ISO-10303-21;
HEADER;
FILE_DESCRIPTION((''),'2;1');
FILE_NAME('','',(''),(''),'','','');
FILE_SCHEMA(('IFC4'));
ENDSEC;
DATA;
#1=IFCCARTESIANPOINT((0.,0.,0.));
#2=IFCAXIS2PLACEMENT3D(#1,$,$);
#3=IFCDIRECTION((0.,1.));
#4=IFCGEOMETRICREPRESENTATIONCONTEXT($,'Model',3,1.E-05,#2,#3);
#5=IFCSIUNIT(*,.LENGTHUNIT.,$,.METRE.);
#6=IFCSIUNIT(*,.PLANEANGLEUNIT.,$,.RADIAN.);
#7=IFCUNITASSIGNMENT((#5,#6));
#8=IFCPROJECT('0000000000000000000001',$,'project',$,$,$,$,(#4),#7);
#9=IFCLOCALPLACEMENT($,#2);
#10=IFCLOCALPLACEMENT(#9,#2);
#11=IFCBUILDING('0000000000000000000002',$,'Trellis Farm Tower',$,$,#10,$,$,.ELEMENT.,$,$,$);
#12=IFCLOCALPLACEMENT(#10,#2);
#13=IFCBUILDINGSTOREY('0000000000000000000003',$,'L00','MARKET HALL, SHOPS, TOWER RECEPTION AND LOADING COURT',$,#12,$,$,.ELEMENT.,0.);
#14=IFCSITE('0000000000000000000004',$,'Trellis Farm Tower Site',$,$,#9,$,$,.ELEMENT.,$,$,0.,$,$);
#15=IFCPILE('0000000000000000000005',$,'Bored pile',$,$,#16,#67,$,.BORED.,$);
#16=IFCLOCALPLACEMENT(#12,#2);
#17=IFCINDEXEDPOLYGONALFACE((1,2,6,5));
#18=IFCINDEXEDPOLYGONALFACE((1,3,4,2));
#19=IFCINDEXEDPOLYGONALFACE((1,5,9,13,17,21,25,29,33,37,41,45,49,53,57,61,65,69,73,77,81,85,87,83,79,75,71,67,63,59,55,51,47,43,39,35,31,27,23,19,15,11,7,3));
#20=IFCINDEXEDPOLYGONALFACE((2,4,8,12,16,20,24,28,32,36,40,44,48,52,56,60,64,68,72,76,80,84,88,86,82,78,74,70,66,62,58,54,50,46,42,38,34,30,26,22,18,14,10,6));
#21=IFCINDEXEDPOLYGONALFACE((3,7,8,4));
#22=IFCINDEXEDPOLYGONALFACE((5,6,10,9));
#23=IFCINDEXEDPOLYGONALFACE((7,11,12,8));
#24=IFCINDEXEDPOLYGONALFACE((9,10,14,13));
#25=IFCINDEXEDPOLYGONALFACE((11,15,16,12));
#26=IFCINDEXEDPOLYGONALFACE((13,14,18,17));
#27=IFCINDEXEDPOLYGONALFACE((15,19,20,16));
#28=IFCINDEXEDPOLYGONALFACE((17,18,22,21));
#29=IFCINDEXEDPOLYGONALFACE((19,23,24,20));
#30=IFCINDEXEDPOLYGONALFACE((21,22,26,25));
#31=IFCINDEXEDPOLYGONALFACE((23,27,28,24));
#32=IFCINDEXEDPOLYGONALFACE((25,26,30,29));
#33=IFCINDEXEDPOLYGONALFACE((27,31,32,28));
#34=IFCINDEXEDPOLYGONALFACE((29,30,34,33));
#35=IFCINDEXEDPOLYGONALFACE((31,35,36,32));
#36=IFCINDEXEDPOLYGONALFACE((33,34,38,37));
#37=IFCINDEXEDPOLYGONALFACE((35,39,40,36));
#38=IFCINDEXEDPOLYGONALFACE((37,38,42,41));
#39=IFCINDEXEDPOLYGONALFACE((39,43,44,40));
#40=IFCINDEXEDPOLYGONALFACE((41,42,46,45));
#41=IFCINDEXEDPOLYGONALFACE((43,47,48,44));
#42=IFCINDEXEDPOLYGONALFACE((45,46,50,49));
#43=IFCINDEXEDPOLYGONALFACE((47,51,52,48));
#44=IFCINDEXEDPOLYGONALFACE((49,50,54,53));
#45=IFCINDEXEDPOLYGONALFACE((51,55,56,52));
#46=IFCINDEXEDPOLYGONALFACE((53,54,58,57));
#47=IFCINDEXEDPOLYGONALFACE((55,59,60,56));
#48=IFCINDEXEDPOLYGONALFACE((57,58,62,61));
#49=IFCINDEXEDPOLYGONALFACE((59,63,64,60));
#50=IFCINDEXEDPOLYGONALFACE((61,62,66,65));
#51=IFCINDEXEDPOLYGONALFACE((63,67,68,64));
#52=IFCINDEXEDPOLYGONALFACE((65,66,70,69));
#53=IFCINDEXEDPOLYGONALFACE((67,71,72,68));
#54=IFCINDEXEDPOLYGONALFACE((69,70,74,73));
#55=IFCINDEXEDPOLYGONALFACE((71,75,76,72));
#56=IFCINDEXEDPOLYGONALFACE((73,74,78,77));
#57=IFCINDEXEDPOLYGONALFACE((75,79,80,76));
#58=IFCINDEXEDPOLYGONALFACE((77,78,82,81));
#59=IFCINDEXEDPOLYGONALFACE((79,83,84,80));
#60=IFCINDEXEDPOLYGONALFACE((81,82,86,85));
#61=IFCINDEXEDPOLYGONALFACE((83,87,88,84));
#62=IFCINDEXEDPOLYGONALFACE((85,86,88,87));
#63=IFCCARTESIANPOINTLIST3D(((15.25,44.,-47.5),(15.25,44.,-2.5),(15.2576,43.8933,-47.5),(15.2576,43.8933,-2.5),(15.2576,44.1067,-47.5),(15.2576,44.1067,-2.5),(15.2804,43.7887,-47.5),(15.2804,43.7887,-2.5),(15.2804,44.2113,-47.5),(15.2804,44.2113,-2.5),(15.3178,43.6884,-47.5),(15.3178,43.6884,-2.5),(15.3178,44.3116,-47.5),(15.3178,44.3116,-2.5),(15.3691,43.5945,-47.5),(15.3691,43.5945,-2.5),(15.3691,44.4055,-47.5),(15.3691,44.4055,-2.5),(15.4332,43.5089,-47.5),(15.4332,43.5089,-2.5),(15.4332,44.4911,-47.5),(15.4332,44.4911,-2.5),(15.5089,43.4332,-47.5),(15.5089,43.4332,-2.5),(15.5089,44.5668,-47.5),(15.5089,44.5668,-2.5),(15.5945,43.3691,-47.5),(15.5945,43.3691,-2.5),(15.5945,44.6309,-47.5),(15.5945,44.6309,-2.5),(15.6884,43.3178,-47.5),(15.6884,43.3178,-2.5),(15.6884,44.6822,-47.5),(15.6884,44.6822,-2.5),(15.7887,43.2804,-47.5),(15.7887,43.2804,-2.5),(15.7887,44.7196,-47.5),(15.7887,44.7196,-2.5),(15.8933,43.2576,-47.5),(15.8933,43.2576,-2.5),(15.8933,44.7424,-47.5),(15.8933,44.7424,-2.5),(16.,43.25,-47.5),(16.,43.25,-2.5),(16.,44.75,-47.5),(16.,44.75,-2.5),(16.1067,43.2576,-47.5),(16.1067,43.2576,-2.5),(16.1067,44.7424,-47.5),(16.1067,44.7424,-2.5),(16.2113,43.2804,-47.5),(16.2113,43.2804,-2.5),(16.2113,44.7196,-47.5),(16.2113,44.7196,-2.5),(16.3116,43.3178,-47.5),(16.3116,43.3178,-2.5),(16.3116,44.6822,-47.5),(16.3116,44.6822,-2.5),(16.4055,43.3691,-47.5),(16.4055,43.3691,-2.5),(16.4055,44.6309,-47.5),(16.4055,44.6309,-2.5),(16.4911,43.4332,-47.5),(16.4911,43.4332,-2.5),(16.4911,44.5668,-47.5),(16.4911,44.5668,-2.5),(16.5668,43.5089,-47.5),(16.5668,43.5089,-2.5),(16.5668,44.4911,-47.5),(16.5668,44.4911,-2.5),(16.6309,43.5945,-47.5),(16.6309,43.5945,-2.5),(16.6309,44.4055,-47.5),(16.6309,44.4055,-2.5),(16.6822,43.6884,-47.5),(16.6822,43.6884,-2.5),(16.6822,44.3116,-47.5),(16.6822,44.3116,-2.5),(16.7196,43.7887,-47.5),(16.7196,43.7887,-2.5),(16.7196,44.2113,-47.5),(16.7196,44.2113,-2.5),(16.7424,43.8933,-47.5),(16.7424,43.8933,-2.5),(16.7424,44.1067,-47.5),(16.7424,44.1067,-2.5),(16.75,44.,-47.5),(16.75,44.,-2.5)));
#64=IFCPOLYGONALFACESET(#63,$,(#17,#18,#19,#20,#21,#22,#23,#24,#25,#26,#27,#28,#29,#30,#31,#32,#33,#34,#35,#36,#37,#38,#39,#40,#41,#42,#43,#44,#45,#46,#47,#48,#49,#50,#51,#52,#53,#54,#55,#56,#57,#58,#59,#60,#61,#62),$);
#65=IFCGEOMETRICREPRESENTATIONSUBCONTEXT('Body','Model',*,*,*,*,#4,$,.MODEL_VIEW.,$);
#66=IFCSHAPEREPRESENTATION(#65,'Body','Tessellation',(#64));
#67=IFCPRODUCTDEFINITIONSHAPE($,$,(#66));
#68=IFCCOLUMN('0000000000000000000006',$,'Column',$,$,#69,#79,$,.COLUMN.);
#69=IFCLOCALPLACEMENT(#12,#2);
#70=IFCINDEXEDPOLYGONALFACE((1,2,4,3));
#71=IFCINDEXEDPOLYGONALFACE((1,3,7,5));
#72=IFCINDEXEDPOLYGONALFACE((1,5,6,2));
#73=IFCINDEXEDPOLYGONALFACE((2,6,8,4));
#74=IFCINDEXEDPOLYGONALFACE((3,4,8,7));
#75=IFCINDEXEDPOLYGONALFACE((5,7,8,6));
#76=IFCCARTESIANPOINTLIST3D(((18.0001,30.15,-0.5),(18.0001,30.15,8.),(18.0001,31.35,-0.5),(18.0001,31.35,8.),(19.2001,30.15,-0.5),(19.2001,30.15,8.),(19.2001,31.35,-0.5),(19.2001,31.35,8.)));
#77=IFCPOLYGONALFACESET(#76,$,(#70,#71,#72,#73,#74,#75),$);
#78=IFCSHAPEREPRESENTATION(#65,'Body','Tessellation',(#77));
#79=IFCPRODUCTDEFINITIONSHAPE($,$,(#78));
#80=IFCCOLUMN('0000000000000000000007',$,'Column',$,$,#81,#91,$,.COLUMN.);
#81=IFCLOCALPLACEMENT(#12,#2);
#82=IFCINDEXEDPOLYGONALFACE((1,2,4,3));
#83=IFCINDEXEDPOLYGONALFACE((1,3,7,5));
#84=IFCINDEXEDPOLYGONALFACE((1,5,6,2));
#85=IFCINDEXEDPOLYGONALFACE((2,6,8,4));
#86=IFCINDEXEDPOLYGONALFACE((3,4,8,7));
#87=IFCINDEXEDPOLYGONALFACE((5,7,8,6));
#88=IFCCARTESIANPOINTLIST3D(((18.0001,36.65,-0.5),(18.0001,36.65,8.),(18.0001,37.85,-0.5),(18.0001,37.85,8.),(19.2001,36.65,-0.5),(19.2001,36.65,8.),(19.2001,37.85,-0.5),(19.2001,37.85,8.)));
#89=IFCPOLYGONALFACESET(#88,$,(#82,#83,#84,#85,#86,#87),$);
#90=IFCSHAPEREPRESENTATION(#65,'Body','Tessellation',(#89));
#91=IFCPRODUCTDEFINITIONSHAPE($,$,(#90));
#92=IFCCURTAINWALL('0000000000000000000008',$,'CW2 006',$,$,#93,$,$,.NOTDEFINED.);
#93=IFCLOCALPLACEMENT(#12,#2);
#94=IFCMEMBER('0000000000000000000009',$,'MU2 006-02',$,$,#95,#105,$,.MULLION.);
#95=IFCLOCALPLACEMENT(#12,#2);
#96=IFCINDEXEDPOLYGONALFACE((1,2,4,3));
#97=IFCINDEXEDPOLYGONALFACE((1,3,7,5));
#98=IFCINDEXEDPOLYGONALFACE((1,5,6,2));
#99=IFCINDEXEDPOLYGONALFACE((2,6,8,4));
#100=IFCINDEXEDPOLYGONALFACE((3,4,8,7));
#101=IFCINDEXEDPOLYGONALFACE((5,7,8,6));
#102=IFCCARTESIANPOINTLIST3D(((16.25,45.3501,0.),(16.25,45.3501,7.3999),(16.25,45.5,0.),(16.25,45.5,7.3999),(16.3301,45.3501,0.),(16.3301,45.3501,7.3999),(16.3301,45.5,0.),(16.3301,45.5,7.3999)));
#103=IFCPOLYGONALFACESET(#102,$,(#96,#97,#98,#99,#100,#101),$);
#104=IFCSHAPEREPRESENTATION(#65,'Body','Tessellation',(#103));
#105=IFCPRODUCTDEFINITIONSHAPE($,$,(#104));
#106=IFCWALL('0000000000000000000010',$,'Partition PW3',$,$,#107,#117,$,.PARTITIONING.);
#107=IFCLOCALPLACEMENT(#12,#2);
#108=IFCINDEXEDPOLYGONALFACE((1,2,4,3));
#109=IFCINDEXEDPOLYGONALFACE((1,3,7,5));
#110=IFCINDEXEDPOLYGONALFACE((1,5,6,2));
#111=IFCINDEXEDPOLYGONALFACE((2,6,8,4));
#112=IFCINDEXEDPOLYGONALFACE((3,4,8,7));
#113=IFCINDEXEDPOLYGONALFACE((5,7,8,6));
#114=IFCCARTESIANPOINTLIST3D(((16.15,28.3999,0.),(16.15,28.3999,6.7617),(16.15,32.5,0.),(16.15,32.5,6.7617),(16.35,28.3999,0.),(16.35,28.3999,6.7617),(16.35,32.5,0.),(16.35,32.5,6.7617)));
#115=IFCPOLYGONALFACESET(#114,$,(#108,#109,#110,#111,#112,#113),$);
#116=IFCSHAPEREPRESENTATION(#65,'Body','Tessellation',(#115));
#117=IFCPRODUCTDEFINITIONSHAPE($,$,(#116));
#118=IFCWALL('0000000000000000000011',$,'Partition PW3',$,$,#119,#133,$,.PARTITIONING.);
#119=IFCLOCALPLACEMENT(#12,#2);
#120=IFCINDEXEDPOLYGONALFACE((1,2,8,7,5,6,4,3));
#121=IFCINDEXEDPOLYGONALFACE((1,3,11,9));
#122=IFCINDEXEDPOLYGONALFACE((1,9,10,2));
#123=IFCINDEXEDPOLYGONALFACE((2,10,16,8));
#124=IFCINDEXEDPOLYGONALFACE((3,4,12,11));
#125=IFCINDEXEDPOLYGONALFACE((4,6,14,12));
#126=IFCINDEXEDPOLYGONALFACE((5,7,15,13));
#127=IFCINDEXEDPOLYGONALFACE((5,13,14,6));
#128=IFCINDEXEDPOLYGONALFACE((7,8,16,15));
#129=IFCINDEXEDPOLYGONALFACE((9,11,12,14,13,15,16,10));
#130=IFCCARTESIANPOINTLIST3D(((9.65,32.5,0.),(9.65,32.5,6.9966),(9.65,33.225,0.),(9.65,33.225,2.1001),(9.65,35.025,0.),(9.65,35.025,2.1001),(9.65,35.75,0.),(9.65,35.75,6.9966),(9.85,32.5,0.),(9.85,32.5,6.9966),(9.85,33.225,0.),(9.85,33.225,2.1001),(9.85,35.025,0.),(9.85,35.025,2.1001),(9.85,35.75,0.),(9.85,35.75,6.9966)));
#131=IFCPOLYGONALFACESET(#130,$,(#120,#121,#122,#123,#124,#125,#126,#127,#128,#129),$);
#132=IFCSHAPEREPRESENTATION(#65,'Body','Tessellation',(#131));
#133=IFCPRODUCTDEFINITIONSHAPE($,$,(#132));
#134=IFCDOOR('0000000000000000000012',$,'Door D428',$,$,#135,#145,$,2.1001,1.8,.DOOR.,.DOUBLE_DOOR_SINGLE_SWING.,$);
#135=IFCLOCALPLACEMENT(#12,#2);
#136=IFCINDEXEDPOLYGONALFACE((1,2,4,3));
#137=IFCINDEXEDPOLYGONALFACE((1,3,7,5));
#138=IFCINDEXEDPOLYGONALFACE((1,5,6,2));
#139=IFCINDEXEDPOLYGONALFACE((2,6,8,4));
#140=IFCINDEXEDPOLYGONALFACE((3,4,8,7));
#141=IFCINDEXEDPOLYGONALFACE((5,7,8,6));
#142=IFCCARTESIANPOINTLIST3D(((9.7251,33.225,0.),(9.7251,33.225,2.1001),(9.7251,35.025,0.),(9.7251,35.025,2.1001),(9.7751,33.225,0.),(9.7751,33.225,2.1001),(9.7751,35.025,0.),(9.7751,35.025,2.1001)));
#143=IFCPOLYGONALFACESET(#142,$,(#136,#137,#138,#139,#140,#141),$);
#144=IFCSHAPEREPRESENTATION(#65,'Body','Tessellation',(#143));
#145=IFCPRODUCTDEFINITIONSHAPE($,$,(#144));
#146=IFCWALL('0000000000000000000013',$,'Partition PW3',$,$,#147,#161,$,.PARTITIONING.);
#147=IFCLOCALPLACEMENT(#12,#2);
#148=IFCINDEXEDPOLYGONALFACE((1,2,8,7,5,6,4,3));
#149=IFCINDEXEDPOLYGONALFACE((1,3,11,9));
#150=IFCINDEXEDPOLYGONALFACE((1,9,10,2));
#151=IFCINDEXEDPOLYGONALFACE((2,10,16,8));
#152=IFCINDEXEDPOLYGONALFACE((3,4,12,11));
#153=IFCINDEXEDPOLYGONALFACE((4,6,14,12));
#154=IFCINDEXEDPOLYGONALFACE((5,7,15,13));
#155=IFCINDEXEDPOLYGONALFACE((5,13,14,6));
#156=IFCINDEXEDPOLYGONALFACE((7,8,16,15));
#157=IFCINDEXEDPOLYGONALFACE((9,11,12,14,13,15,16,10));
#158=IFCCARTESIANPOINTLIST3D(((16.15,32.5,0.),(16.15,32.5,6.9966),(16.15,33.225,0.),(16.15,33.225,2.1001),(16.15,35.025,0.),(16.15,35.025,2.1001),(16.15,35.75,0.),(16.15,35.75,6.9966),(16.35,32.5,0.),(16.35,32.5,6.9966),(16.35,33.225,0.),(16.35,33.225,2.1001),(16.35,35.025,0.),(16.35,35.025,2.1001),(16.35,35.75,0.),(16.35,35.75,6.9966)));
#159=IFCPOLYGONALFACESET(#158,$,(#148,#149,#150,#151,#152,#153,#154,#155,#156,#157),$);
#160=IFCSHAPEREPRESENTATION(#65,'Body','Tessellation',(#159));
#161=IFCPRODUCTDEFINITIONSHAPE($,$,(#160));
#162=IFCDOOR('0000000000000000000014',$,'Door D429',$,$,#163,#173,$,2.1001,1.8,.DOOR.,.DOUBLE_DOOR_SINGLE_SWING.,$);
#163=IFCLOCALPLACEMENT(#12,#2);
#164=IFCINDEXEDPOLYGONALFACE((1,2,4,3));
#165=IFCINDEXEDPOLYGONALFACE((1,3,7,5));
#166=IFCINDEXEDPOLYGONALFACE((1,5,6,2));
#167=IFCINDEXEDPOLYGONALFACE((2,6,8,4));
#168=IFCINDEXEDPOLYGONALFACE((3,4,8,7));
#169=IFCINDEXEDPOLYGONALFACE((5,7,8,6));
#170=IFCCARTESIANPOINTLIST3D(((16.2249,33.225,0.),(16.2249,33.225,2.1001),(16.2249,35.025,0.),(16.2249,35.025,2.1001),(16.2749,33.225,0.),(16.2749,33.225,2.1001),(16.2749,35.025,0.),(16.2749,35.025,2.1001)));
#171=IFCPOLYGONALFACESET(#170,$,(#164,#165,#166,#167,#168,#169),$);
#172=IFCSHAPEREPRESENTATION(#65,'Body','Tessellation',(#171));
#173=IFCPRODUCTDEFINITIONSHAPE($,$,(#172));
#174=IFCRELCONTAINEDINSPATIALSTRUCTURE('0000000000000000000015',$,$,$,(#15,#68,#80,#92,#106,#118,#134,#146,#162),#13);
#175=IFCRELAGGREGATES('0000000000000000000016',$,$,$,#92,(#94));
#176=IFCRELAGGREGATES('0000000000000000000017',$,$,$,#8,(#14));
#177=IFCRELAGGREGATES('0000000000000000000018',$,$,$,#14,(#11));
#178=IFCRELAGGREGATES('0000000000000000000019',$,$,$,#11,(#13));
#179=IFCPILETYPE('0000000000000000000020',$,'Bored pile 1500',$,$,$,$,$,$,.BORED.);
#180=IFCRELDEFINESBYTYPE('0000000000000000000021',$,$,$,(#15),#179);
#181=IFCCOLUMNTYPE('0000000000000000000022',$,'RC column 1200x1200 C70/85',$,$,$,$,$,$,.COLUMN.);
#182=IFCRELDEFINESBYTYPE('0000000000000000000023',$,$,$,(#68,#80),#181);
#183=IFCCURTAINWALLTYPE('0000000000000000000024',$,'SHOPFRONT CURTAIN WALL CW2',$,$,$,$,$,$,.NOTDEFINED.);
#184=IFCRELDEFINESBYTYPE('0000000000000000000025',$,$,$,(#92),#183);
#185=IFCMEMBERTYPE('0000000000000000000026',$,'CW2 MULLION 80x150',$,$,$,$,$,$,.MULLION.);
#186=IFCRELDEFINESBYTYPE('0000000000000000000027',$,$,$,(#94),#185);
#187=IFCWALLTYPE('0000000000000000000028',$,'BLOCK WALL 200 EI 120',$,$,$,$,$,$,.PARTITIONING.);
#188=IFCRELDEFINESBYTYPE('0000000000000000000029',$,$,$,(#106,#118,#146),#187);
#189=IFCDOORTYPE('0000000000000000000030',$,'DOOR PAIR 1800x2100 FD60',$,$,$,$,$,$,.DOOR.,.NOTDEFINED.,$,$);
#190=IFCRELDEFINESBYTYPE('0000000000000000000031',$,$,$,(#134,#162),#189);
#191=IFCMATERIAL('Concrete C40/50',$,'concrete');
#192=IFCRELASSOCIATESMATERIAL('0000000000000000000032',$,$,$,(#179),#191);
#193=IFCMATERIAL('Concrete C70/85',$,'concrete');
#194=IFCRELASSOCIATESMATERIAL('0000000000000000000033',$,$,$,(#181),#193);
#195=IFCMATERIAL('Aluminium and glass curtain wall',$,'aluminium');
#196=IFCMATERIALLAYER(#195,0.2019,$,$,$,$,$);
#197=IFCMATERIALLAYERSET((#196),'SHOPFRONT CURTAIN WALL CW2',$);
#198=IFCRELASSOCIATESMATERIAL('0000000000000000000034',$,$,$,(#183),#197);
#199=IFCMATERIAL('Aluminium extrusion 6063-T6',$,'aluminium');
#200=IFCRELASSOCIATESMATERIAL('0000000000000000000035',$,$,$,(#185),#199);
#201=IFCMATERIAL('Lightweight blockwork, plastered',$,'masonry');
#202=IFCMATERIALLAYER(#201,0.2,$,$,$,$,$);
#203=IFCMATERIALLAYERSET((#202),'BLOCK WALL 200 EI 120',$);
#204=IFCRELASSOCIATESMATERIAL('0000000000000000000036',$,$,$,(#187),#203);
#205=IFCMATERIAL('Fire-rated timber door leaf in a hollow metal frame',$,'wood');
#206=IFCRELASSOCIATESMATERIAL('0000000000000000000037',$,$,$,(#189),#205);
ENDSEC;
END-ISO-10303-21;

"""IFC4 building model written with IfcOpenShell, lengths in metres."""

from ifc_helpers import new_model, si_unit, direction, frame, frame_2d, origin, origin_2d, place, context, subcontext, project, spatial, rectangle, circle, extrude, source, transform, mapped, material, layer, layer_set, material_profile, profile_set, type_object, element, fill, aggregate, save


model = new_model("IFC4")

# Units and contexts
model_context = context("Model", 3, precision=1e-05, world=origin(), true_north=direction((0.0, 1.0)))
body_context = subcontext(model_context, "Body", "Model", "MODEL_VIEW")
ifc_project = project(units=[si_unit("LENGTHUNIT", "METRE"), si_unit("PLANEANGLEUNIT", "RADIAN")], contexts=[model_context])

# Site, building, storey
site_placement = place(None, origin())
site = spatial("IfcSite", under=ifc_project, at=site_placement, Name="Trellis Farm Tower Site", CompositionType="ELEMENT", RefElevation=0.0)
building_placement = place(site_placement, origin())
building = spatial("IfcBuilding", under=site, at=building_placement, Name="Trellis Farm Tower", CompositionType="ELEMENT")
storey_placement = place(building_placement, origin())
storey = spatial("IfcBuildingStorey", under=building, at=storey_placement, Name="L00", Description="MARKET HALL, SHOPS, TOWER RECEPTION AND LOADING COURT", CompositionType="ELEMENT", Elevation=0.0)

# Pile
ifc_material_1 = material(Name="Concrete C40/50", Category="concrete")
ifc_material_profile_1 = material_profile(ifc_material_1, circle(Radius=0.75, at=origin_2d()), Name="Bored pile 1500")
ifc_profile_set_1 = profile_set([ifc_material_profile_1], Name="Concrete C40/50")
pile_type = type_object("IfcPileType", Name="Bored pile 1500", PredefinedType="BORED", material=ifc_profile_set_1)
shared_shape_1 = source(origin(), body_context, "Body", "SweptSolid", [
    extrude(circle(Radius=0.75, at=origin_2d()), origin(), (0.0, 0.0, 1.0), 45.0),
])
for number, where, z_axis, x_axis, name in (
    (1, (16.0, 44.0, -2.5), (0.0, 0.0, -1.0), (1.0, 0.0, 0.0), "Bored pile"),
):
    element("IfcPile", number, at=place(storey_placement, frame(where, z_axis=z_axis, x_axis=x_axis)), inside=storey, type_object=pile_type, Name=name, PredefinedType="BORED", context=body_context, shape_type="MappedRepresentation", body=[
        mapped(shared_shape_1, transform((0.0, 0.0, 0.0))),
    ])

# Columns
ifc_material_2 = material(Name="Concrete C70/85", Category="concrete")
ifc_material_profile_2 = material_profile(ifc_material_2, rectangle(XDim=1.2, YDim=1.2, at=origin_2d()), Name="RC column 1200x1200 C70/85")
ifc_profile_set_2 = profile_set([ifc_material_profile_2], Name="Concrete C70/85")
column_type = type_object("IfcColumnType", Name="RC column 1200x1200 C70/85", PredefinedType="COLUMN", material=ifc_profile_set_2)
shared_shape_2 = source(origin(), body_context, "Body", "SweptSolid", [
    extrude(rectangle(XDim=1.2, YDim=1.2, at=origin_2d()), origin(), (0.0, 0.0, 1.0), 8.5),
])
for number, where, z_axis, x_axis, name in (
    (2, (18.6001, 30.75, -0.5), (0.0, 0.0, 1.0), (1.0, 0.0, 0.0), "Column"),
    (3, (18.6001, 37.25, -0.5), (0.0, 0.0, 1.0), (1.0, 0.0, 0.0), "Column"),
):
    element("IfcColumn", number, at=place(storey_placement, frame(where, z_axis=z_axis, x_axis=x_axis)), inside=storey, type_object=column_type, Name=name, PredefinedType="COLUMN", context=body_context, shape_type="MappedRepresentation", body=[
        mapped(shared_shape_2, transform((0.0, 0.0, 0.0))),
    ])

# Curtain wall, member
ifc_material_3 = material(Name="Aluminium and glass curtain wall", Category="aluminium")
ifc_layer_1 = layer(ifc_material_3, 0.2019)
ifc_layer_set_1 = layer_set([ifc_layer_1], Name="SHOPFRONT CURTAIN WALL CW2")
curtain_wall_type = type_object("IfcCurtainWallType", Name="SHOPFRONT CURTAIN WALL CW2", PredefinedType="NOTDEFINED", material=ifc_layer_set_1)
placement = place(storey_placement, origin())
curtain_wall = element("IfcCurtainWall", 4, at=placement, inside=storey, type_object=curtain_wall_type, Name="CW2 006", PredefinedType="NOTDEFINED")
ifc_material_4 = material(Name="Aluminium extrusion 6063-T6", Category="aluminium")
ifc_material_profile_3 = material_profile(ifc_material_4, rectangle(XDim=0.0801, YDim=0.1499, at=origin_2d()), Name="MULLION 80x150")
ifc_profile_set_3 = profile_set([ifc_material_profile_3], Name="Aluminium extrusion 6063-T6")
member_type = type_object("IfcMemberType", Name="CW2 MULLION 80x150", PredefinedType="MULLION", material=ifc_profile_set_3)
shared_shape_3 = source(origin(), body_context, "Body", "SweptSolid", [
    extrude(rectangle(XDim=0.0801, YDim=0.1499, at=origin_2d()), origin(), (0.0, 0.0, 1.0), 7.3999),
])
member_placement = place(storey_placement, frame((16.29, 45.425, 0.0), z_axis=(0.0, 0.0, 1.0), x_axis=(-1.0, 0.0, 0.0)))
member = element("IfcMember", 5, at=member_placement, type_object=member_type, Name="MU2 006-02", PredefinedType="MULLION", context=body_context, shape_type="MappedRepresentation", body=[
    mapped(shared_shape_3, transform((0.0, 0.0, 0.0))),
])
aggregate(curtain_wall, [member])

# Wall
ifc_material_5 = material(Name="Lightweight blockwork, plastered", Category="masonry")
ifc_layer_2 = layer(ifc_material_5, 0.2)
ifc_layer_set_2 = layer_set([ifc_layer_2], Name="BLOCK WALL 200 EI 120")
wall_type_1 = type_object("IfcWallType", Name="BLOCK WALL 200 EI 120", PredefinedType="PARTITIONING", material=ifc_layer_set_2)
shared_shape_4 = source(origin(), body_context, "Body", "SweptSolid", [
    extrude(rectangle(XDim=4.1001, YDim=0.2, at=frame_2d((2.05, 0.0))), origin(), (0.0, 0.0, 1.0), 6.7617),
])
wall_1_placement = place(storey_placement, frame((16.25, 28.3999, 0.0), z_axis=(0.0, 0.0, 1.0), x_axis=(0.0, 1.0, 0.0)))
element("IfcWall", 6, at=wall_1_placement, inside=storey, type_object=wall_type_1, Name="Partition PW3", PredefinedType="PARTITIONING", context=body_context, shape_type="MappedRepresentation", body=[
    mapped(shared_shape_4, transform((0.0, 0.0, 0.0))),
])

# Walls, openings, doors
shared_shape_5 = source(origin(), body_context, "Body", "SweptSolid", [
    extrude(rectangle(XDim=3.25, YDim=0.2, at=frame_2d((1.625, 0.0))), origin(), (0.0, 0.0, 1.0), 6.9966),
])
wall_2_placement = place(storey_placement, frame((9.75, 32.5, 0.0), z_axis=(0.0, 0.0, 1.0), x_axis=(0.0, 1.0, 0.0)))
wall_2 = element("IfcWall", 7, at=wall_2_placement, inside=storey, type_object=wall_type_1, Name="Partition PW3", PredefinedType="PARTITIONING", context=body_context, shape_type="MappedRepresentation", body=[
    mapped(shared_shape_5, transform((0.0, 0.0, 0.0))),
])
shared_shape_6 = source(origin(), body_context, "Body", "SweptSolid", [
    extrude(rectangle(XDim=1.8, YDim=2.1001, at=frame_2d((0.8999, 1.05))), frame((0.0, 0.1101, 0.0), z_axis=(0.0, -1.0, 0.0), x_axis=(1.0, 0.0, 0.0)), (0.0, 0.0, 1.0), 0.2202),
])
opening_1_placement = place(wall_2_placement, frame((0.7251, 0.0, 0.0)))
opening_1 = element("IfcOpeningElement", 8, at=opening_1_placement, cuts=wall_2, PredefinedType="OPENING", context=body_context, shape_type="MappedRepresentation", body=[
    mapped(shared_shape_6, transform((0.0, 0.0, 0.0))),
])
ifc_material_6 = material(Name="Fire-rated timber door leaf in a hollow metal frame", Category="wood")
door_type_1 = type_object("IfcDoorType", Name="DOOR PAIR 1800x2100 FD60", OperationType="NOTDEFINED", PredefinedType="DOOR", material=ifc_material_6)
shared_shape_7 = source(origin(), body_context, "Body", "SweptSolid", [
    extrude(rectangle(XDim=1.8, YDim=2.1001, at=frame_2d((0.8999, 1.05))), frame((0.0, 0.0249, 0.0), z_axis=(0.0, -1.0, 0.0), x_axis=(1.0, 0.0, 0.0)), (0.0, 0.0, 1.0), 0.05),
])
door_1_placement = place(opening_1_placement, origin())
door_1 = element("IfcDoor", 9, at=door_1_placement, inside=storey, type_object=door_type_1, Name="Door D428", OperationType="DOUBLE_DOOR_SINGLE_SWING", OverallHeight=2.1001, OverallWidth=1.8, PredefinedType="DOOR", context=body_context, shape_type="MappedRepresentation", body=[
    mapped(shared_shape_7, transform((0.0, 0.0, 0.0))),
])
fill(opening_1, door_1)
wall_3_placement = place(storey_placement, frame((16.25, 35.75, 0.0), z_axis=(0.0, 0.0, 1.0), x_axis=(0.0, -1.0, 0.0)))
wall_3 = element("IfcWall", 10, at=wall_3_placement, inside=storey, type_object=wall_type_1, Name="Partition PW3", PredefinedType="PARTITIONING", context=body_context, shape_type="MappedRepresentation", body=[
    mapped(shared_shape_5, transform((0.0, 0.0, 0.0))),
])
opening_2_placement = place(wall_3_placement, frame((0.7251, 0.0, 0.0)))
opening_2 = element("IfcOpeningElement", 11, at=opening_2_placement, cuts=wall_3, PredefinedType="OPENING", context=body_context, shape_type="MappedRepresentation", body=[
    mapped(shared_shape_6, transform((0.0, 0.0, 0.0))),
])
door_2_placement = place(opening_2_placement, origin())
door_2 = element("IfcDoor", 12, at=door_2_placement, inside=storey, type_object=door_type_1, Name="Door D429", OperationType="DOUBLE_DOOR_SINGLE_SWING", OverallHeight=2.1001, OverallWidth=1.8, PredefinedType="DOOR", context=body_context, shape_type="MappedRepresentation", body=[
    mapped(shared_shape_7, transform((0.0, 0.0, 0.0))),
])
fill(opening_2, door_2)

save(model, "model.ifc")
